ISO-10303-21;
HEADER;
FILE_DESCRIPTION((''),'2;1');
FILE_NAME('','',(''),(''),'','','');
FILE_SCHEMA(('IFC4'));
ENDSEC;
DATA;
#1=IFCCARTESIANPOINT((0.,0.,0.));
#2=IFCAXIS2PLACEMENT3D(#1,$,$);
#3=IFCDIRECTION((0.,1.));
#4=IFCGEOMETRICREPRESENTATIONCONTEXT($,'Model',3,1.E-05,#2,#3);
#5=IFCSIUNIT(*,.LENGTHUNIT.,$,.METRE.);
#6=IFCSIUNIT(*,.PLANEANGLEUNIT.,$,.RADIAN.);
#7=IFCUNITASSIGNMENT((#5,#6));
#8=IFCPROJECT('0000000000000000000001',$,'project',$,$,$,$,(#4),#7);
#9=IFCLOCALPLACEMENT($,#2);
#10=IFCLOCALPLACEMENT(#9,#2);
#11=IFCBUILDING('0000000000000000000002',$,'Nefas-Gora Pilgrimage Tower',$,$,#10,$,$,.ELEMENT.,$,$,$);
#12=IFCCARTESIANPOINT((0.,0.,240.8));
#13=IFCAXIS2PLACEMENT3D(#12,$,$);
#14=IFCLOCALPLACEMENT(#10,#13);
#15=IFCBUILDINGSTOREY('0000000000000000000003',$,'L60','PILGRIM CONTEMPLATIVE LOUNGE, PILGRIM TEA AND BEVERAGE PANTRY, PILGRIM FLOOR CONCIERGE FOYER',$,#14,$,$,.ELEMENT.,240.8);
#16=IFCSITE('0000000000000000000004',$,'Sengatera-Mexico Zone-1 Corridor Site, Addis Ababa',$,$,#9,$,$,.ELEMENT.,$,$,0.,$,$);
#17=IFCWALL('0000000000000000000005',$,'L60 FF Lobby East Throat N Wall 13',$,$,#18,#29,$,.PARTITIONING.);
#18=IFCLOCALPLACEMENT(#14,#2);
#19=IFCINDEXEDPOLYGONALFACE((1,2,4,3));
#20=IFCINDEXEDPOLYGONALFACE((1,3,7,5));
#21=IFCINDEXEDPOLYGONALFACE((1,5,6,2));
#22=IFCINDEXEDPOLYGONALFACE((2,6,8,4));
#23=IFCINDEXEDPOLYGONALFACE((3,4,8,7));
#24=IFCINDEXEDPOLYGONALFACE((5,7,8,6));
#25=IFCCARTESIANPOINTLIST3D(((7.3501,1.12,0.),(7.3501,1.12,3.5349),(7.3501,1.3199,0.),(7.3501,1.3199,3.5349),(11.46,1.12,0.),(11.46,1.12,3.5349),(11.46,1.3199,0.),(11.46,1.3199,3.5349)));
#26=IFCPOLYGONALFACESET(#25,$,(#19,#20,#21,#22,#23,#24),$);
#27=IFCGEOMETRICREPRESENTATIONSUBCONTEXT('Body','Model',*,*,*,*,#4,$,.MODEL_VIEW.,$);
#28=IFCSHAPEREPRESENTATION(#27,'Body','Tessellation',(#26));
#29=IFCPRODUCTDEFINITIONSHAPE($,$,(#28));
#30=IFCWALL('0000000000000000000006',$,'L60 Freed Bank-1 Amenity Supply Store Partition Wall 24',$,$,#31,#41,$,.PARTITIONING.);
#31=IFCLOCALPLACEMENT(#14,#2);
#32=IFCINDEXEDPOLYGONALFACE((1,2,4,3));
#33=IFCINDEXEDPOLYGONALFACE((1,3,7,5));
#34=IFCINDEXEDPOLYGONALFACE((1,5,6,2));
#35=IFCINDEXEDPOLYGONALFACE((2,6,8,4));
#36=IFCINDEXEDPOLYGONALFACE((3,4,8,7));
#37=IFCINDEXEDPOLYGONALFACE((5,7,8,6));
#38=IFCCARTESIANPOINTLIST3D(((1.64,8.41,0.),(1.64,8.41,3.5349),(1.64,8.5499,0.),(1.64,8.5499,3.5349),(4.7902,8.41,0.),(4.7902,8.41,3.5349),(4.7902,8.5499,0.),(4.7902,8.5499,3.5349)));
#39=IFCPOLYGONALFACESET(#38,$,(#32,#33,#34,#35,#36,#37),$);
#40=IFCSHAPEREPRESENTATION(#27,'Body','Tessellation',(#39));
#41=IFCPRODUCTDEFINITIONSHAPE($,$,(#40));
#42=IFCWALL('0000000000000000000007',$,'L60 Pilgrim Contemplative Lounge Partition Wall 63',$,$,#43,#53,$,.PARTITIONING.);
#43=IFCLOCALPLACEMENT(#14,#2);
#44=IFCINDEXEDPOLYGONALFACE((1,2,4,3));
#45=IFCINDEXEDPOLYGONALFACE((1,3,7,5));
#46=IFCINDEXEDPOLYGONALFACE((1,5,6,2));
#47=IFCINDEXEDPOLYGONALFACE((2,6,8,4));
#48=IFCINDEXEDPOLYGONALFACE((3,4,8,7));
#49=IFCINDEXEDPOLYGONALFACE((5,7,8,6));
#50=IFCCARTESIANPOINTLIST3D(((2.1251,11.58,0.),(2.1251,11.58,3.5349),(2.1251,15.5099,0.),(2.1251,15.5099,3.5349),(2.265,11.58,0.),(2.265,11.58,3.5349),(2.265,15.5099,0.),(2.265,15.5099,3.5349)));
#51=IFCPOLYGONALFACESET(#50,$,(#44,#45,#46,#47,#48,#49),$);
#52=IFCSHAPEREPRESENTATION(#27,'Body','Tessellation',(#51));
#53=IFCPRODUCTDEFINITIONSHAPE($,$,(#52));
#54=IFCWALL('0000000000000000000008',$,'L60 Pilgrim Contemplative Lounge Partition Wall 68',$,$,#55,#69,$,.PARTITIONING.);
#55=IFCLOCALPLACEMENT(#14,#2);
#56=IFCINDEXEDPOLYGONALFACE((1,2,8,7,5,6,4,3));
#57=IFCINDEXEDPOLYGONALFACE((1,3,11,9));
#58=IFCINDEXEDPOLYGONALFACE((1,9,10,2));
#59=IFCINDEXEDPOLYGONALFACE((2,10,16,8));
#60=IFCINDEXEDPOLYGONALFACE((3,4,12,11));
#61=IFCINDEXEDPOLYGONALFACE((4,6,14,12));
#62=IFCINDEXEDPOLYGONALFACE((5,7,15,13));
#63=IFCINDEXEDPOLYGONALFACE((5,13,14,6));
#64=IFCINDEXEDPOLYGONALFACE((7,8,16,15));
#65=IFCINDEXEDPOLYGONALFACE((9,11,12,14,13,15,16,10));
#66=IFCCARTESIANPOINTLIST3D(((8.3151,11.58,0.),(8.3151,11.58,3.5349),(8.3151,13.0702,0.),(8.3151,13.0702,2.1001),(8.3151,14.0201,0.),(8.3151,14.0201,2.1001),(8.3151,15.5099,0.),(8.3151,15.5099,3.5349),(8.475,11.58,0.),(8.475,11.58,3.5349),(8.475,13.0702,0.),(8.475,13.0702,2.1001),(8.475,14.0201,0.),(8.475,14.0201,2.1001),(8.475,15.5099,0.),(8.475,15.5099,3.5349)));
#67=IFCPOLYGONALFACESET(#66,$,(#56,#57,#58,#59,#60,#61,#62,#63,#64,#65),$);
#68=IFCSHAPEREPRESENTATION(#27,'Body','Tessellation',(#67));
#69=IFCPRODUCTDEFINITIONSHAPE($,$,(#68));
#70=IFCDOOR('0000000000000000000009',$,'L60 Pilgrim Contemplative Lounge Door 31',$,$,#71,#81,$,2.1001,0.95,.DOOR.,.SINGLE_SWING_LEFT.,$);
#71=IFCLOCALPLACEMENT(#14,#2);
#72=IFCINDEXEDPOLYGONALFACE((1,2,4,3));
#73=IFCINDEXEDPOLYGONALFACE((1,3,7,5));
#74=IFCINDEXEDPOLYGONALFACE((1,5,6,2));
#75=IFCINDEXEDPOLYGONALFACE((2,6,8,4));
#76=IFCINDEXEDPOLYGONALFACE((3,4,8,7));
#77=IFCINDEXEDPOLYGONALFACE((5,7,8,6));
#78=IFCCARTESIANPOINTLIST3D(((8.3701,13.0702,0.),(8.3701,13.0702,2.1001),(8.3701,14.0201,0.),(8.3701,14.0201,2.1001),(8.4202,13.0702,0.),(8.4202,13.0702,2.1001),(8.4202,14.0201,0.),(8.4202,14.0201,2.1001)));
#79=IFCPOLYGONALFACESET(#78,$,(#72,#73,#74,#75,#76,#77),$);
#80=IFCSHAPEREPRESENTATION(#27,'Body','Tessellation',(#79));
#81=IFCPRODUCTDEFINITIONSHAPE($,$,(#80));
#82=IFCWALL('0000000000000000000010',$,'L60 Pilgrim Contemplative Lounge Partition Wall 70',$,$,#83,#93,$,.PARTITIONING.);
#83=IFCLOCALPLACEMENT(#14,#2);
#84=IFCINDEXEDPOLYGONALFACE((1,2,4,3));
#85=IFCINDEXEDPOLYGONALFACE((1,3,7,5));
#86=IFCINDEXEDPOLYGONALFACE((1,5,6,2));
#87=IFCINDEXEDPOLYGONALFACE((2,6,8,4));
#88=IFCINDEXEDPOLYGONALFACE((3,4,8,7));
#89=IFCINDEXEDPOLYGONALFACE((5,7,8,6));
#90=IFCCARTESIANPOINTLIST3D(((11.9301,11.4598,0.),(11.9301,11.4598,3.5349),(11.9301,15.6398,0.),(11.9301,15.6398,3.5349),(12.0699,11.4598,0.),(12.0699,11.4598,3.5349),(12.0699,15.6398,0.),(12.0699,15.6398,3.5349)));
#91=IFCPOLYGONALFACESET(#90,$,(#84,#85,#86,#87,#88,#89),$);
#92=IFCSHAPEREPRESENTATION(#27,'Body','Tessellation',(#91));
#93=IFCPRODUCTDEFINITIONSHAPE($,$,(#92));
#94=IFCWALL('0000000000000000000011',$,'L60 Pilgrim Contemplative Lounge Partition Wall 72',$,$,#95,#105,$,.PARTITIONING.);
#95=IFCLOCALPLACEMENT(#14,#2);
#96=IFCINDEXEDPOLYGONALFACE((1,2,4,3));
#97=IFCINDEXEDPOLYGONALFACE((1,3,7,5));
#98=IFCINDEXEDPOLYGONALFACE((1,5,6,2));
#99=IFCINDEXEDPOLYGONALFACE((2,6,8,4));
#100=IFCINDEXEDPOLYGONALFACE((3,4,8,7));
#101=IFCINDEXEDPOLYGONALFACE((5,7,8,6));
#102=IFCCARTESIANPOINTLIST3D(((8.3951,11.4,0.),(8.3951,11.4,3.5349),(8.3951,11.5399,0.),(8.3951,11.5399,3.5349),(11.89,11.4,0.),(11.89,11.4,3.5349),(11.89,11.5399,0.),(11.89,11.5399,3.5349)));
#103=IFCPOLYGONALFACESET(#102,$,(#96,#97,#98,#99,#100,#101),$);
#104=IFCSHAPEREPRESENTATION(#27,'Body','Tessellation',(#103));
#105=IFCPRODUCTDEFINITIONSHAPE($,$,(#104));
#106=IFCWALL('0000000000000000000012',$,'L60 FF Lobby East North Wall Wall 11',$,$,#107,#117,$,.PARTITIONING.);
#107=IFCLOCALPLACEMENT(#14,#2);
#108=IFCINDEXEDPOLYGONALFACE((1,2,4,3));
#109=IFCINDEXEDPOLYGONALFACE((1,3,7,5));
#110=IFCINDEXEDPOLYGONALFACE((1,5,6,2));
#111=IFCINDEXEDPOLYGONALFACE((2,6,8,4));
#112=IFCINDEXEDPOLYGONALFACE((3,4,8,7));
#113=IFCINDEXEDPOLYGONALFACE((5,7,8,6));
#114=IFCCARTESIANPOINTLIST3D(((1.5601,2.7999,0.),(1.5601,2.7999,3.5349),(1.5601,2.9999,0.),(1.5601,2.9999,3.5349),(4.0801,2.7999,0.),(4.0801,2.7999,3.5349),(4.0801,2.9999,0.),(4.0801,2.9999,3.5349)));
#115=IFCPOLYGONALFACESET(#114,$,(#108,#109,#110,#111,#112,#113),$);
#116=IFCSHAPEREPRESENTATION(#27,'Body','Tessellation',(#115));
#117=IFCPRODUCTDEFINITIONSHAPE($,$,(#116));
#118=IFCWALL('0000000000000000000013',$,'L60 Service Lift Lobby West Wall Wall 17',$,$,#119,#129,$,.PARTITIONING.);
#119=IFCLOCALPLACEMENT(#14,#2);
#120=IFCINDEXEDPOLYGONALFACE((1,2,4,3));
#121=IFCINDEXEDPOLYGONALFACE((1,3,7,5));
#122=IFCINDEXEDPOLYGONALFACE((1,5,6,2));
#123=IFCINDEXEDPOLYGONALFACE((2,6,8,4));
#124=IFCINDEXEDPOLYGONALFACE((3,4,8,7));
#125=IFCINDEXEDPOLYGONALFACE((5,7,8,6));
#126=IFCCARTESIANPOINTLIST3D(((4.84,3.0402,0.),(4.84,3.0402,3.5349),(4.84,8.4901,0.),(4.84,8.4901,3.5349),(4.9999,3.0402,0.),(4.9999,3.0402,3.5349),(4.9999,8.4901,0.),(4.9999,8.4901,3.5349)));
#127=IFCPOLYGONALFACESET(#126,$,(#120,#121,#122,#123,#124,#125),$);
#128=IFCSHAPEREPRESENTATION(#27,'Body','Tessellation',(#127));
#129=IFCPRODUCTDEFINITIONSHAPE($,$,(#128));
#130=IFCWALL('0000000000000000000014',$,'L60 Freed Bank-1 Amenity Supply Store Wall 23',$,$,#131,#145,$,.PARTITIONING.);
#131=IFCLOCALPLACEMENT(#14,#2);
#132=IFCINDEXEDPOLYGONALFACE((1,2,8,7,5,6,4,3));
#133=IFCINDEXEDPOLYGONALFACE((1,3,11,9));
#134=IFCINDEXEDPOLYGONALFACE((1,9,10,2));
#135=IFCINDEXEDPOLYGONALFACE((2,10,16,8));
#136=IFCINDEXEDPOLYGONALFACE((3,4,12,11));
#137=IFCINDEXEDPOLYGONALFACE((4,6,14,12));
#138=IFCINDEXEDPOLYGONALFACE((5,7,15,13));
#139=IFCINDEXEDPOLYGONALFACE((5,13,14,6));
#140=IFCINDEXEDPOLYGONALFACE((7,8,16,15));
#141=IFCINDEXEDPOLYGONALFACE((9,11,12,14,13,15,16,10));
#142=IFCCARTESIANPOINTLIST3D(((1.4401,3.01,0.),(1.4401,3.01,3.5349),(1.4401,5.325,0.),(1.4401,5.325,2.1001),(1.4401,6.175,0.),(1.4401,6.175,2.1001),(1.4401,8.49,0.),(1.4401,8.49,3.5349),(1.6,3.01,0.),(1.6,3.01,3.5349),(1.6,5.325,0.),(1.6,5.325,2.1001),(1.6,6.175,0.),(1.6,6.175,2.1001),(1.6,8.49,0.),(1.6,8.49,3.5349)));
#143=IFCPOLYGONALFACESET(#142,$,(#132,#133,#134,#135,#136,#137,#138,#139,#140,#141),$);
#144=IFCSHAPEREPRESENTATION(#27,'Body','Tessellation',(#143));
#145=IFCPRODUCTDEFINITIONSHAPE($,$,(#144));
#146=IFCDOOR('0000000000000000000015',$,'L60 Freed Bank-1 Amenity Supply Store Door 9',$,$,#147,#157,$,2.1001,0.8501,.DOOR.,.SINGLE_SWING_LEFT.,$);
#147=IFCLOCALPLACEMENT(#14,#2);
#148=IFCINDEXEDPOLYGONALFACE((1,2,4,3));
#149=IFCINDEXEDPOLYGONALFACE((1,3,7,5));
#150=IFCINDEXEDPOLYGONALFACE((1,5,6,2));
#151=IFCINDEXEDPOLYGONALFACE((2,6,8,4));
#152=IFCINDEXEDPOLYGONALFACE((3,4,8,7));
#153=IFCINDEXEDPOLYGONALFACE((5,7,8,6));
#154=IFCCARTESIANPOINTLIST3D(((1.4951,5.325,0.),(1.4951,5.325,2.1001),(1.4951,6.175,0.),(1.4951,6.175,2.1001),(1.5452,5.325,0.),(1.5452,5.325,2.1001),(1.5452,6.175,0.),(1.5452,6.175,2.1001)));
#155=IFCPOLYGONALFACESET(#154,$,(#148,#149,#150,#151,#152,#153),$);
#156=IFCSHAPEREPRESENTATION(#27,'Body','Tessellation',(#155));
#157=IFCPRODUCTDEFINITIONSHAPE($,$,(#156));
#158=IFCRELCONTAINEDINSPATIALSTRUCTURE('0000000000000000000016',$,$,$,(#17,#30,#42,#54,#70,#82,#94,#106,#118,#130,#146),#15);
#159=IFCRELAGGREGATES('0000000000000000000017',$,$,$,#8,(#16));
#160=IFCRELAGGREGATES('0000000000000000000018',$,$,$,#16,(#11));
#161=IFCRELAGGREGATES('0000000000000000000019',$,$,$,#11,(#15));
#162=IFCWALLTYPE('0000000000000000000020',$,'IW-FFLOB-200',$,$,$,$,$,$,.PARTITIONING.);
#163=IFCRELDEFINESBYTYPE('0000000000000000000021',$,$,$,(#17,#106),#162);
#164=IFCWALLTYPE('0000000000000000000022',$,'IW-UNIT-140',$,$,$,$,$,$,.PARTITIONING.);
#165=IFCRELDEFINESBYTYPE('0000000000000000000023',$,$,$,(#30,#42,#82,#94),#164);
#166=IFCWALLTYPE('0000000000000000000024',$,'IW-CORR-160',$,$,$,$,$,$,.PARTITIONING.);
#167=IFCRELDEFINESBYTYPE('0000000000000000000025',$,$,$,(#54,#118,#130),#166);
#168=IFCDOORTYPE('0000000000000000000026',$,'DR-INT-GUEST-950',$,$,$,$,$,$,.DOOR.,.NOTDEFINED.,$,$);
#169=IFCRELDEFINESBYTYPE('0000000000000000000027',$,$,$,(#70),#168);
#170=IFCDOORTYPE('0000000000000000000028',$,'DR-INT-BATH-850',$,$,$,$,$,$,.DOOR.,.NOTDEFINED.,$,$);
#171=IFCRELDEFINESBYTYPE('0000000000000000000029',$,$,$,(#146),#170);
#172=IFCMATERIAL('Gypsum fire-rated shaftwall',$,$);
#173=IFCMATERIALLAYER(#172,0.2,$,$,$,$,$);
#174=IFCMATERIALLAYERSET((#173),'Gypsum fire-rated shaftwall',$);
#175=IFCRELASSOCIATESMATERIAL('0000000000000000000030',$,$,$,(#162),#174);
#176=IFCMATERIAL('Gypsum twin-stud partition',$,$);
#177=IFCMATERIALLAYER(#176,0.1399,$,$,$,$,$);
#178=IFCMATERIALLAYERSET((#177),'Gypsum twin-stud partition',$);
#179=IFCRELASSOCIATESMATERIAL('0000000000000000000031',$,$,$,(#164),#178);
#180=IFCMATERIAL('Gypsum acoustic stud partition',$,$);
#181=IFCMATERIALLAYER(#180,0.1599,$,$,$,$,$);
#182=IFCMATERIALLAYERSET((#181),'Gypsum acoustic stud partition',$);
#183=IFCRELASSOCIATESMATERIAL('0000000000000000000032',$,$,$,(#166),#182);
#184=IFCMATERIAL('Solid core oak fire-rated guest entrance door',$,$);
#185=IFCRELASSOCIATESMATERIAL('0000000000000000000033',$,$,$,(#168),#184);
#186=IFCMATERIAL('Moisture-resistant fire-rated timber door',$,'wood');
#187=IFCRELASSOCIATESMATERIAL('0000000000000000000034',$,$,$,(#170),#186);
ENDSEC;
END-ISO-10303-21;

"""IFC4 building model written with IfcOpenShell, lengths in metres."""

from ifc_helpers import new_model, si_unit, direction, frame, frame_2d, origin, place, context, subcontext, project, spatial, rectangle, extrude, source, transform, mapped, material, layer, layer_set, type_object, element, fill, save


model = new_model("IFC4")

# Units and contexts
model_context = context("Model", 3, precision=1e-05, world=origin(), true_north=direction((0.0, 1.0)))
body_context = subcontext(model_context, "Body", "Model", "MODEL_VIEW")
ifc_project = project(units=[si_unit("LENGTHUNIT", "METRE"), si_unit("PLANEANGLEUNIT", "RADIAN")], contexts=[model_context])

# Site, building, storey
site_placement = place(None, origin())
site = spatial("IfcSite", under=ifc_project, at=site_placement, Name="Sengatera-Mexico Zone-1 Corridor Site, Addis Ababa", CompositionType="ELEMENT", RefElevation=0.0)
building_placement = place(site_placement, origin())
building = spatial("IfcBuilding", under=site, at=building_placement, Name="Nefas-Gora Pilgrimage Tower", CompositionType="ELEMENT")
storey_placement = place(building_placement, frame((0.0, 0.0, 240.8)))
storey = spatial("IfcBuildingStorey", under=building, at=storey_placement, Name="L60", Description="PILGRIM CONTEMPLATIVE LOUNGE, PILGRIM TEA AND BEVERAGE PANTRY, PILGRIM FLOOR CONCIERGE FOYER", CompositionType="ELEMENT", Elevation=240.8)

# Shared definitions
ifc_material_1 = material(Name="Gypsum fire-rated shaftwall")
ifc_layer_1 = layer(ifc_material_1, 0.2)
ifc_layer_set_1 = layer_set([ifc_layer_1], Name="Gypsum fire-rated shaftwall")
wall_type_1 = type_object("IfcWallType", Name="IW-FFLOB-200", PredefinedType="PARTITIONING", material=ifc_layer_set_1)

# Walls
shared_shape_1 = source(origin(), body_context, "Body", "SweptSolid", [
    extrude(rectangle(XDim=4.1099, YDim=0.2, at=frame_2d((2.0549, 0.0))), origin(), (0.0, 0.0, 1.0), 3.5349),
])
wall_1_placement = place(storey_placement, frame((7.3501, 1.22, 0.0), z_axis=(0.0, 0.0, 1.0), x_axis=(1.0, 0.0, 0.0)))
element("IfcWall", 1, at=wall_1_placement, inside=storey, type_object=wall_type_1, Name="L60 FF Lobby East Throat N Wall 13", PredefinedType="PARTITIONING", context=body_context, shape_type="MappedRepresentation", body=[
    mapped(shared_shape_1, transform((0.0, 0.0, 0.0), x_axis=(1.0, 0.0, 0.0), y_axis=(0.0, 1.0, 0.0), z_axis=(0.0, 0.0, 1.0), scale=1.0)),
])
ifc_material_2 = material(Name="Gypsum twin-stud partition")
ifc_layer_2 = layer(ifc_material_2, 0.1399)
ifc_layer_set_2 = layer_set([ifc_layer_2], Name="Gypsum twin-stud partition")
wall_type_2 = type_object("IfcWallType", Name="IW-UNIT-140", PredefinedType="PARTITIONING", material=ifc_layer_set_2)
shared_shape_2 = source(origin(), body_context, "Body", "SweptSolid", [
    extrude(rectangle(XDim=3.1501, YDim=0.1399, at=frame_2d((1.5752, 0.0))), origin(), (0.0, 0.0, 1.0), 3.5349),
])
wall_2_placement = place(storey_placement, frame((1.6399, 8.48, 0.0), z_axis=(0.0, 0.0, 1.0), x_axis=(1.0, 0.0, 0.0)))
element("IfcWall", 2, at=wall_2_placement, inside=storey, type_object=wall_type_2, Name="L60 Freed Bank-1 Amenity Supply Store Partition Wall 24", PredefinedType="PARTITIONING", context=body_context, shape_type="MappedRepresentation", body=[
    mapped(shared_shape_2, transform((0.0, 0.0, 0.0), x_axis=(1.0, 0.0, 0.0), y_axis=(0.0, 1.0, 0.0), z_axis=(0.0, 0.0, 1.0), scale=1.0)),
])
shared_shape_3 = source(origin(), body_context, "Body", "SweptSolid", [
    extrude(rectangle(XDim=3.9299, YDim=0.1399, at=frame_2d((1.9648, 0.0))), origin(), (0.0, 0.0, 1.0), 3.5349),
])
wall_3_placement = place(storey_placement, frame((2.1951, 11.5801, 0.0), z_axis=(0.0, 0.0, 1.0), x_axis=(0.0, 1.0, 0.0)))
element("IfcWall", 3, at=wall_3_placement, inside=storey, type_object=wall_type_2, Name="L60 Pilgrim Contemplative Lounge Partition Wall 63", PredefinedType="PARTITIONING", context=body_context, shape_type="MappedRepresentation", body=[
    mapped(shared_shape_3, transform((0.0, 0.0, 0.0), x_axis=(1.0, 0.0, 0.0), y_axis=(0.0, 1.0, 0.0), z_axis=(0.0, 0.0, 1.0), scale=1.0)),
])

# Wall, opening, door
ifc_material_3 = material(Name="Gypsum acoustic stud partition")
ifc_layer_3 = layer(ifc_material_3, 0.1599)
ifc_layer_set_3 = layer_set([ifc_layer_3], Name="Gypsum acoustic stud partition")
wall_type_3 = type_object("IfcWallType", Name="IW-CORR-160", PredefinedType="PARTITIONING", material=ifc_layer_set_3)
shared_shape_4 = source(origin(), body_context, "Body", "SweptSolid", [
    extrude(rectangle(XDim=3.9299, YDim=0.1599, at=frame_2d((1.9648, 0.0))), origin(), (0.0, 0.0, 1.0), 3.5349),
])
wall_4_placement = place(storey_placement, frame((8.395, 11.5801, 0.0), z_axis=(0.0, 0.0, 1.0), x_axis=(0.0, 1.0, 0.0)))
wall_4 = element("IfcWall", 4, at=wall_4_placement, inside=storey, type_object=wall_type_3, Name="L60 Pilgrim Contemplative Lounge Partition Wall 68", PredefinedType="PARTITIONING", context=body_context, shape_type="MappedRepresentation", body=[
    mapped(shared_shape_4, transform((0.0, 0.0, 0.0), x_axis=(1.0, 0.0, 0.0), y_axis=(0.0, 1.0, 0.0), z_axis=(0.0, 0.0, 1.0), scale=1.0)),
])
opening_1_placement = place(wall_4_placement, frame((1.49, 0.0, 0.0)))
opening_1 = element("IfcOpeningElement", 5, at=opening_1_placement, cuts=wall_4, PredefinedType="OPENING", context=body_context, shape_type="SweptSolid", body=[
    extrude(rectangle(XDim=0.95, YDim=2.1001, at=frame_2d((0.4751, 1.05))), frame((0.0, 0.0898, 0.0), z_axis=(0.0, -1.0, 0.0), x_axis=(1.0, 0.0, 0.0)), (0.0, 0.0, 1.0), 0.1799),
])
ifc_material_4 = material(Name="Solid core oak fire-rated guest entrance door")
door_type_1 = type_object("IfcDoorType", Name="DR-INT-GUEST-950", OperationType="NOTDEFINED", PredefinedType="DOOR", material=ifc_material_4)
shared_shape_5 = source(origin(), body_context, "Body", "SweptSolid", [
    extrude(rectangle(XDim=0.95, YDim=2.1001, at=frame_2d((0.4751, 1.05))), frame((0.0, 0.0249, 0.0), z_axis=(0.0, -1.0, 0.0), x_axis=(1.0, 0.0, 0.0)), (0.0, 0.0, 1.0), 0.05),
])
door_1_placement = place(opening_1_placement, origin())
door_1 = element("IfcDoor", 6, at=door_1_placement, inside=storey, type_object=door_type_1, Name="L60 Pilgrim Contemplative Lounge Door 31", OperationType="SINGLE_SWING_LEFT", OverallHeight=2.1001, OverallWidth=0.95, PredefinedType="DOOR", context=body_context, shape_type="MappedRepresentation", body=[
    mapped(shared_shape_5, transform((0.0, 0.0, 0.0), x_axis=(1.0, 0.0, 0.0), y_axis=(0.0, 1.0, 0.0), z_axis=(0.0, 0.0, 1.0), scale=1.0)),
])
fill(opening_1, door_1)

# Walls
shared_shape_6 = source(origin(), body_context, "Body", "SweptSolid", [
    extrude(rectangle(XDim=4.1799, YDim=0.1399, at=frame_2d((2.0898, 0.0))), origin(), (0.0, 0.0, 1.0), 3.5349),
])
wall_5_placement = place(storey_placement, frame((12.0, 11.46, 0.0), z_axis=(0.0, 0.0, 1.0), x_axis=(0.0, 1.0, 0.0)))
element("IfcWall", 7, at=wall_5_placement, inside=storey, type_object=wall_type_2, Name="L60 Pilgrim Contemplative Lounge Partition Wall 70", PredefinedType="PARTITIONING", context=body_context, shape_type="MappedRepresentation", body=[
    mapped(shared_shape_6, transform((0.0, 0.0, 0.0), x_axis=(1.0, 0.0, 0.0), y_axis=(0.0, 1.0, 0.0), z_axis=(0.0, 0.0, 1.0), scale=1.0)),
])
shared_shape_7 = source(origin(), body_context, "Body", "SweptSolid", [
    extrude(rectangle(XDim=3.4949, YDim=0.1399, at=frame_2d((1.7476, 0.0))), origin(), (0.0, 0.0, 1.0), 3.5349),
])
wall_6_placement = place(storey_placement, frame((8.395, 11.47, 0.0), z_axis=(0.0, 0.0, 1.0), x_axis=(1.0, 0.0, 0.0)))
element("IfcWall", 8, at=wall_6_placement, inside=storey, type_object=wall_type_2, Name="L60 Pilgrim Contemplative Lounge Partition Wall 72", PredefinedType="PARTITIONING", context=body_context, shape_type="MappedRepresentation", body=[
    mapped(shared_shape_7, transform((0.0, 0.0, 0.0), x_axis=(1.0, 0.0, 0.0), y_axis=(0.0, 1.0, 0.0), z_axis=(0.0, 0.0, 1.0), scale=1.0)),
])
shared_shape_8 = source(origin(), body_context, "Body", "SweptSolid", [
    extrude(rectangle(XDim=2.52, YDim=0.2, at=frame_2d((1.26, 0.0))), origin(), (0.0, 0.0, 1.0), 3.5349),
])
wall_7_placement = place(storey_placement, frame((1.5601, 2.8999, 0.0), z_axis=(0.0, 0.0, 1.0), x_axis=(1.0, 0.0, 0.0)))
element("IfcWall", 9, at=wall_7_placement, inside=storey, type_object=wall_type_1, Name="L60 FF Lobby East North Wall Wall 11", PredefinedType="PARTITIONING", context=body_context, shape_type="MappedRepresentation", body=[
    mapped(shared_shape_8, transform((0.0, 0.0, 0.0), x_axis=(1.0, 0.0, 0.0), y_axis=(0.0, 1.0, 0.0), z_axis=(0.0, 0.0, 1.0), scale=1.0)),
])
shared_shape_9 = source(origin(), body_context, "Body", "SweptSolid", [
    extrude(rectangle(XDim=5.45, YDim=0.1599, at=frame_2d((2.7251, 0.0))), origin(), (0.0, 0.0, 1.0), 3.5349),
])
wall_8_placement = place(storey_placement, frame((4.9199, 3.04, 0.0), z_axis=(0.0, 0.0, 1.0), x_axis=(0.0, 1.0, 0.0)))
element("IfcWall", 10, at=wall_8_placement, inside=storey, type_object=wall_type_3, Name="L60 Service Lift Lobby West Wall Wall 17", PredefinedType="PARTITIONING", context=body_context, shape_type="MappedRepresentation", body=[
    mapped(shared_shape_9, transform((0.0, 0.0, 0.0), x_axis=(1.0, 0.0, 0.0), y_axis=(0.0, 1.0, 0.0), z_axis=(0.0, 0.0, 1.0), scale=1.0)),
])

# Wall, opening, door
shared_shape_10 = source(origin(), body_context, "Body", "SweptSolid", [
    extrude(rectangle(XDim=5.48, YDim=0.1599, at=frame_2d((2.74, 0.0))), origin(), (0.0, 0.0, 1.0), 3.5349),
])
wall_9_placement = place(storey_placement, frame((1.52, 3.01, 0.0), z_axis=(0.0, 0.0, 1.0), x_axis=(0.0, 1.0, 0.0)))
wall_9 = element("IfcWall", 11, at=wall_9_placement, inside=storey, type_object=wall_type_3, Name="L60 Freed Bank-1 Amenity Supply Store Wall 23", PredefinedType="PARTITIONING", context=body_context, shape_type="MappedRepresentation", body=[
    mapped(shared_shape_10, transform((0.0, 0.0, 0.0), x_axis=(1.0, 0.0, 0.0), y_axis=(0.0, 1.0, 0.0), z_axis=(0.0, 0.0, 1.0), scale=1.0)),
])
opening_2_placement = place(wall_9_placement, frame((2.3149, 0.0, 0.0)))
opening_2 = element("IfcOpeningElement", 12, at=opening_2_placement, cuts=wall_9, PredefinedType="OPENING", context=body_context, shape_type="SweptSolid", body=[
    extrude(rectangle(XDim=0.8501, YDim=2.1001, at=frame_2d((0.425, 1.05))), frame((0.0, 0.0898, 0.0), z_axis=(0.0, -1.0, 0.0), x_axis=(1.0, 0.0, 0.0)), (0.0, 0.0, 1.0), 0.1799),
])
ifc_material_5 = material(Name="Moisture-resistant fire-rated timber door", Category="wood")
door_type_2 = type_object("IfcDoorType", Name="DR-INT-BATH-850", OperationType="NOTDEFINED", PredefinedType="DOOR", material=ifc_material_5)
shared_shape_11 = source(origin(), body_context, "Body", "SweptSolid", [
    extrude(rectangle(XDim=0.8501, YDim=2.1001, at=frame_2d((0.425, 1.05))), frame((0.0, 0.0249, 0.0), z_axis=(0.0, -1.0, 0.0), x_axis=(1.0, 0.0, 0.0)), (0.0, 0.0, 1.0), 0.05),
])
door_2_placement = place(opening_2_placement, origin())
door_2 = element("IfcDoor", 13, at=door_2_placement, inside=storey, type_object=door_type_2, Name="L60 Freed Bank-1 Amenity Supply Store Door 9", OperationType="SINGLE_SWING_LEFT", OverallHeight=2.1001, OverallWidth=0.8501, PredefinedType="DOOR", context=body_context, shape_type="MappedRepresentation", body=[
    mapped(shared_shape_11, transform((0.0, 0.0, 0.0), x_axis=(1.0, 0.0, 0.0), y_axis=(0.0, 1.0, 0.0), z_axis=(0.0, 0.0, 1.0), scale=1.0)),
])
fill(opening_2, door_2)

save(model, "model.ifc")
